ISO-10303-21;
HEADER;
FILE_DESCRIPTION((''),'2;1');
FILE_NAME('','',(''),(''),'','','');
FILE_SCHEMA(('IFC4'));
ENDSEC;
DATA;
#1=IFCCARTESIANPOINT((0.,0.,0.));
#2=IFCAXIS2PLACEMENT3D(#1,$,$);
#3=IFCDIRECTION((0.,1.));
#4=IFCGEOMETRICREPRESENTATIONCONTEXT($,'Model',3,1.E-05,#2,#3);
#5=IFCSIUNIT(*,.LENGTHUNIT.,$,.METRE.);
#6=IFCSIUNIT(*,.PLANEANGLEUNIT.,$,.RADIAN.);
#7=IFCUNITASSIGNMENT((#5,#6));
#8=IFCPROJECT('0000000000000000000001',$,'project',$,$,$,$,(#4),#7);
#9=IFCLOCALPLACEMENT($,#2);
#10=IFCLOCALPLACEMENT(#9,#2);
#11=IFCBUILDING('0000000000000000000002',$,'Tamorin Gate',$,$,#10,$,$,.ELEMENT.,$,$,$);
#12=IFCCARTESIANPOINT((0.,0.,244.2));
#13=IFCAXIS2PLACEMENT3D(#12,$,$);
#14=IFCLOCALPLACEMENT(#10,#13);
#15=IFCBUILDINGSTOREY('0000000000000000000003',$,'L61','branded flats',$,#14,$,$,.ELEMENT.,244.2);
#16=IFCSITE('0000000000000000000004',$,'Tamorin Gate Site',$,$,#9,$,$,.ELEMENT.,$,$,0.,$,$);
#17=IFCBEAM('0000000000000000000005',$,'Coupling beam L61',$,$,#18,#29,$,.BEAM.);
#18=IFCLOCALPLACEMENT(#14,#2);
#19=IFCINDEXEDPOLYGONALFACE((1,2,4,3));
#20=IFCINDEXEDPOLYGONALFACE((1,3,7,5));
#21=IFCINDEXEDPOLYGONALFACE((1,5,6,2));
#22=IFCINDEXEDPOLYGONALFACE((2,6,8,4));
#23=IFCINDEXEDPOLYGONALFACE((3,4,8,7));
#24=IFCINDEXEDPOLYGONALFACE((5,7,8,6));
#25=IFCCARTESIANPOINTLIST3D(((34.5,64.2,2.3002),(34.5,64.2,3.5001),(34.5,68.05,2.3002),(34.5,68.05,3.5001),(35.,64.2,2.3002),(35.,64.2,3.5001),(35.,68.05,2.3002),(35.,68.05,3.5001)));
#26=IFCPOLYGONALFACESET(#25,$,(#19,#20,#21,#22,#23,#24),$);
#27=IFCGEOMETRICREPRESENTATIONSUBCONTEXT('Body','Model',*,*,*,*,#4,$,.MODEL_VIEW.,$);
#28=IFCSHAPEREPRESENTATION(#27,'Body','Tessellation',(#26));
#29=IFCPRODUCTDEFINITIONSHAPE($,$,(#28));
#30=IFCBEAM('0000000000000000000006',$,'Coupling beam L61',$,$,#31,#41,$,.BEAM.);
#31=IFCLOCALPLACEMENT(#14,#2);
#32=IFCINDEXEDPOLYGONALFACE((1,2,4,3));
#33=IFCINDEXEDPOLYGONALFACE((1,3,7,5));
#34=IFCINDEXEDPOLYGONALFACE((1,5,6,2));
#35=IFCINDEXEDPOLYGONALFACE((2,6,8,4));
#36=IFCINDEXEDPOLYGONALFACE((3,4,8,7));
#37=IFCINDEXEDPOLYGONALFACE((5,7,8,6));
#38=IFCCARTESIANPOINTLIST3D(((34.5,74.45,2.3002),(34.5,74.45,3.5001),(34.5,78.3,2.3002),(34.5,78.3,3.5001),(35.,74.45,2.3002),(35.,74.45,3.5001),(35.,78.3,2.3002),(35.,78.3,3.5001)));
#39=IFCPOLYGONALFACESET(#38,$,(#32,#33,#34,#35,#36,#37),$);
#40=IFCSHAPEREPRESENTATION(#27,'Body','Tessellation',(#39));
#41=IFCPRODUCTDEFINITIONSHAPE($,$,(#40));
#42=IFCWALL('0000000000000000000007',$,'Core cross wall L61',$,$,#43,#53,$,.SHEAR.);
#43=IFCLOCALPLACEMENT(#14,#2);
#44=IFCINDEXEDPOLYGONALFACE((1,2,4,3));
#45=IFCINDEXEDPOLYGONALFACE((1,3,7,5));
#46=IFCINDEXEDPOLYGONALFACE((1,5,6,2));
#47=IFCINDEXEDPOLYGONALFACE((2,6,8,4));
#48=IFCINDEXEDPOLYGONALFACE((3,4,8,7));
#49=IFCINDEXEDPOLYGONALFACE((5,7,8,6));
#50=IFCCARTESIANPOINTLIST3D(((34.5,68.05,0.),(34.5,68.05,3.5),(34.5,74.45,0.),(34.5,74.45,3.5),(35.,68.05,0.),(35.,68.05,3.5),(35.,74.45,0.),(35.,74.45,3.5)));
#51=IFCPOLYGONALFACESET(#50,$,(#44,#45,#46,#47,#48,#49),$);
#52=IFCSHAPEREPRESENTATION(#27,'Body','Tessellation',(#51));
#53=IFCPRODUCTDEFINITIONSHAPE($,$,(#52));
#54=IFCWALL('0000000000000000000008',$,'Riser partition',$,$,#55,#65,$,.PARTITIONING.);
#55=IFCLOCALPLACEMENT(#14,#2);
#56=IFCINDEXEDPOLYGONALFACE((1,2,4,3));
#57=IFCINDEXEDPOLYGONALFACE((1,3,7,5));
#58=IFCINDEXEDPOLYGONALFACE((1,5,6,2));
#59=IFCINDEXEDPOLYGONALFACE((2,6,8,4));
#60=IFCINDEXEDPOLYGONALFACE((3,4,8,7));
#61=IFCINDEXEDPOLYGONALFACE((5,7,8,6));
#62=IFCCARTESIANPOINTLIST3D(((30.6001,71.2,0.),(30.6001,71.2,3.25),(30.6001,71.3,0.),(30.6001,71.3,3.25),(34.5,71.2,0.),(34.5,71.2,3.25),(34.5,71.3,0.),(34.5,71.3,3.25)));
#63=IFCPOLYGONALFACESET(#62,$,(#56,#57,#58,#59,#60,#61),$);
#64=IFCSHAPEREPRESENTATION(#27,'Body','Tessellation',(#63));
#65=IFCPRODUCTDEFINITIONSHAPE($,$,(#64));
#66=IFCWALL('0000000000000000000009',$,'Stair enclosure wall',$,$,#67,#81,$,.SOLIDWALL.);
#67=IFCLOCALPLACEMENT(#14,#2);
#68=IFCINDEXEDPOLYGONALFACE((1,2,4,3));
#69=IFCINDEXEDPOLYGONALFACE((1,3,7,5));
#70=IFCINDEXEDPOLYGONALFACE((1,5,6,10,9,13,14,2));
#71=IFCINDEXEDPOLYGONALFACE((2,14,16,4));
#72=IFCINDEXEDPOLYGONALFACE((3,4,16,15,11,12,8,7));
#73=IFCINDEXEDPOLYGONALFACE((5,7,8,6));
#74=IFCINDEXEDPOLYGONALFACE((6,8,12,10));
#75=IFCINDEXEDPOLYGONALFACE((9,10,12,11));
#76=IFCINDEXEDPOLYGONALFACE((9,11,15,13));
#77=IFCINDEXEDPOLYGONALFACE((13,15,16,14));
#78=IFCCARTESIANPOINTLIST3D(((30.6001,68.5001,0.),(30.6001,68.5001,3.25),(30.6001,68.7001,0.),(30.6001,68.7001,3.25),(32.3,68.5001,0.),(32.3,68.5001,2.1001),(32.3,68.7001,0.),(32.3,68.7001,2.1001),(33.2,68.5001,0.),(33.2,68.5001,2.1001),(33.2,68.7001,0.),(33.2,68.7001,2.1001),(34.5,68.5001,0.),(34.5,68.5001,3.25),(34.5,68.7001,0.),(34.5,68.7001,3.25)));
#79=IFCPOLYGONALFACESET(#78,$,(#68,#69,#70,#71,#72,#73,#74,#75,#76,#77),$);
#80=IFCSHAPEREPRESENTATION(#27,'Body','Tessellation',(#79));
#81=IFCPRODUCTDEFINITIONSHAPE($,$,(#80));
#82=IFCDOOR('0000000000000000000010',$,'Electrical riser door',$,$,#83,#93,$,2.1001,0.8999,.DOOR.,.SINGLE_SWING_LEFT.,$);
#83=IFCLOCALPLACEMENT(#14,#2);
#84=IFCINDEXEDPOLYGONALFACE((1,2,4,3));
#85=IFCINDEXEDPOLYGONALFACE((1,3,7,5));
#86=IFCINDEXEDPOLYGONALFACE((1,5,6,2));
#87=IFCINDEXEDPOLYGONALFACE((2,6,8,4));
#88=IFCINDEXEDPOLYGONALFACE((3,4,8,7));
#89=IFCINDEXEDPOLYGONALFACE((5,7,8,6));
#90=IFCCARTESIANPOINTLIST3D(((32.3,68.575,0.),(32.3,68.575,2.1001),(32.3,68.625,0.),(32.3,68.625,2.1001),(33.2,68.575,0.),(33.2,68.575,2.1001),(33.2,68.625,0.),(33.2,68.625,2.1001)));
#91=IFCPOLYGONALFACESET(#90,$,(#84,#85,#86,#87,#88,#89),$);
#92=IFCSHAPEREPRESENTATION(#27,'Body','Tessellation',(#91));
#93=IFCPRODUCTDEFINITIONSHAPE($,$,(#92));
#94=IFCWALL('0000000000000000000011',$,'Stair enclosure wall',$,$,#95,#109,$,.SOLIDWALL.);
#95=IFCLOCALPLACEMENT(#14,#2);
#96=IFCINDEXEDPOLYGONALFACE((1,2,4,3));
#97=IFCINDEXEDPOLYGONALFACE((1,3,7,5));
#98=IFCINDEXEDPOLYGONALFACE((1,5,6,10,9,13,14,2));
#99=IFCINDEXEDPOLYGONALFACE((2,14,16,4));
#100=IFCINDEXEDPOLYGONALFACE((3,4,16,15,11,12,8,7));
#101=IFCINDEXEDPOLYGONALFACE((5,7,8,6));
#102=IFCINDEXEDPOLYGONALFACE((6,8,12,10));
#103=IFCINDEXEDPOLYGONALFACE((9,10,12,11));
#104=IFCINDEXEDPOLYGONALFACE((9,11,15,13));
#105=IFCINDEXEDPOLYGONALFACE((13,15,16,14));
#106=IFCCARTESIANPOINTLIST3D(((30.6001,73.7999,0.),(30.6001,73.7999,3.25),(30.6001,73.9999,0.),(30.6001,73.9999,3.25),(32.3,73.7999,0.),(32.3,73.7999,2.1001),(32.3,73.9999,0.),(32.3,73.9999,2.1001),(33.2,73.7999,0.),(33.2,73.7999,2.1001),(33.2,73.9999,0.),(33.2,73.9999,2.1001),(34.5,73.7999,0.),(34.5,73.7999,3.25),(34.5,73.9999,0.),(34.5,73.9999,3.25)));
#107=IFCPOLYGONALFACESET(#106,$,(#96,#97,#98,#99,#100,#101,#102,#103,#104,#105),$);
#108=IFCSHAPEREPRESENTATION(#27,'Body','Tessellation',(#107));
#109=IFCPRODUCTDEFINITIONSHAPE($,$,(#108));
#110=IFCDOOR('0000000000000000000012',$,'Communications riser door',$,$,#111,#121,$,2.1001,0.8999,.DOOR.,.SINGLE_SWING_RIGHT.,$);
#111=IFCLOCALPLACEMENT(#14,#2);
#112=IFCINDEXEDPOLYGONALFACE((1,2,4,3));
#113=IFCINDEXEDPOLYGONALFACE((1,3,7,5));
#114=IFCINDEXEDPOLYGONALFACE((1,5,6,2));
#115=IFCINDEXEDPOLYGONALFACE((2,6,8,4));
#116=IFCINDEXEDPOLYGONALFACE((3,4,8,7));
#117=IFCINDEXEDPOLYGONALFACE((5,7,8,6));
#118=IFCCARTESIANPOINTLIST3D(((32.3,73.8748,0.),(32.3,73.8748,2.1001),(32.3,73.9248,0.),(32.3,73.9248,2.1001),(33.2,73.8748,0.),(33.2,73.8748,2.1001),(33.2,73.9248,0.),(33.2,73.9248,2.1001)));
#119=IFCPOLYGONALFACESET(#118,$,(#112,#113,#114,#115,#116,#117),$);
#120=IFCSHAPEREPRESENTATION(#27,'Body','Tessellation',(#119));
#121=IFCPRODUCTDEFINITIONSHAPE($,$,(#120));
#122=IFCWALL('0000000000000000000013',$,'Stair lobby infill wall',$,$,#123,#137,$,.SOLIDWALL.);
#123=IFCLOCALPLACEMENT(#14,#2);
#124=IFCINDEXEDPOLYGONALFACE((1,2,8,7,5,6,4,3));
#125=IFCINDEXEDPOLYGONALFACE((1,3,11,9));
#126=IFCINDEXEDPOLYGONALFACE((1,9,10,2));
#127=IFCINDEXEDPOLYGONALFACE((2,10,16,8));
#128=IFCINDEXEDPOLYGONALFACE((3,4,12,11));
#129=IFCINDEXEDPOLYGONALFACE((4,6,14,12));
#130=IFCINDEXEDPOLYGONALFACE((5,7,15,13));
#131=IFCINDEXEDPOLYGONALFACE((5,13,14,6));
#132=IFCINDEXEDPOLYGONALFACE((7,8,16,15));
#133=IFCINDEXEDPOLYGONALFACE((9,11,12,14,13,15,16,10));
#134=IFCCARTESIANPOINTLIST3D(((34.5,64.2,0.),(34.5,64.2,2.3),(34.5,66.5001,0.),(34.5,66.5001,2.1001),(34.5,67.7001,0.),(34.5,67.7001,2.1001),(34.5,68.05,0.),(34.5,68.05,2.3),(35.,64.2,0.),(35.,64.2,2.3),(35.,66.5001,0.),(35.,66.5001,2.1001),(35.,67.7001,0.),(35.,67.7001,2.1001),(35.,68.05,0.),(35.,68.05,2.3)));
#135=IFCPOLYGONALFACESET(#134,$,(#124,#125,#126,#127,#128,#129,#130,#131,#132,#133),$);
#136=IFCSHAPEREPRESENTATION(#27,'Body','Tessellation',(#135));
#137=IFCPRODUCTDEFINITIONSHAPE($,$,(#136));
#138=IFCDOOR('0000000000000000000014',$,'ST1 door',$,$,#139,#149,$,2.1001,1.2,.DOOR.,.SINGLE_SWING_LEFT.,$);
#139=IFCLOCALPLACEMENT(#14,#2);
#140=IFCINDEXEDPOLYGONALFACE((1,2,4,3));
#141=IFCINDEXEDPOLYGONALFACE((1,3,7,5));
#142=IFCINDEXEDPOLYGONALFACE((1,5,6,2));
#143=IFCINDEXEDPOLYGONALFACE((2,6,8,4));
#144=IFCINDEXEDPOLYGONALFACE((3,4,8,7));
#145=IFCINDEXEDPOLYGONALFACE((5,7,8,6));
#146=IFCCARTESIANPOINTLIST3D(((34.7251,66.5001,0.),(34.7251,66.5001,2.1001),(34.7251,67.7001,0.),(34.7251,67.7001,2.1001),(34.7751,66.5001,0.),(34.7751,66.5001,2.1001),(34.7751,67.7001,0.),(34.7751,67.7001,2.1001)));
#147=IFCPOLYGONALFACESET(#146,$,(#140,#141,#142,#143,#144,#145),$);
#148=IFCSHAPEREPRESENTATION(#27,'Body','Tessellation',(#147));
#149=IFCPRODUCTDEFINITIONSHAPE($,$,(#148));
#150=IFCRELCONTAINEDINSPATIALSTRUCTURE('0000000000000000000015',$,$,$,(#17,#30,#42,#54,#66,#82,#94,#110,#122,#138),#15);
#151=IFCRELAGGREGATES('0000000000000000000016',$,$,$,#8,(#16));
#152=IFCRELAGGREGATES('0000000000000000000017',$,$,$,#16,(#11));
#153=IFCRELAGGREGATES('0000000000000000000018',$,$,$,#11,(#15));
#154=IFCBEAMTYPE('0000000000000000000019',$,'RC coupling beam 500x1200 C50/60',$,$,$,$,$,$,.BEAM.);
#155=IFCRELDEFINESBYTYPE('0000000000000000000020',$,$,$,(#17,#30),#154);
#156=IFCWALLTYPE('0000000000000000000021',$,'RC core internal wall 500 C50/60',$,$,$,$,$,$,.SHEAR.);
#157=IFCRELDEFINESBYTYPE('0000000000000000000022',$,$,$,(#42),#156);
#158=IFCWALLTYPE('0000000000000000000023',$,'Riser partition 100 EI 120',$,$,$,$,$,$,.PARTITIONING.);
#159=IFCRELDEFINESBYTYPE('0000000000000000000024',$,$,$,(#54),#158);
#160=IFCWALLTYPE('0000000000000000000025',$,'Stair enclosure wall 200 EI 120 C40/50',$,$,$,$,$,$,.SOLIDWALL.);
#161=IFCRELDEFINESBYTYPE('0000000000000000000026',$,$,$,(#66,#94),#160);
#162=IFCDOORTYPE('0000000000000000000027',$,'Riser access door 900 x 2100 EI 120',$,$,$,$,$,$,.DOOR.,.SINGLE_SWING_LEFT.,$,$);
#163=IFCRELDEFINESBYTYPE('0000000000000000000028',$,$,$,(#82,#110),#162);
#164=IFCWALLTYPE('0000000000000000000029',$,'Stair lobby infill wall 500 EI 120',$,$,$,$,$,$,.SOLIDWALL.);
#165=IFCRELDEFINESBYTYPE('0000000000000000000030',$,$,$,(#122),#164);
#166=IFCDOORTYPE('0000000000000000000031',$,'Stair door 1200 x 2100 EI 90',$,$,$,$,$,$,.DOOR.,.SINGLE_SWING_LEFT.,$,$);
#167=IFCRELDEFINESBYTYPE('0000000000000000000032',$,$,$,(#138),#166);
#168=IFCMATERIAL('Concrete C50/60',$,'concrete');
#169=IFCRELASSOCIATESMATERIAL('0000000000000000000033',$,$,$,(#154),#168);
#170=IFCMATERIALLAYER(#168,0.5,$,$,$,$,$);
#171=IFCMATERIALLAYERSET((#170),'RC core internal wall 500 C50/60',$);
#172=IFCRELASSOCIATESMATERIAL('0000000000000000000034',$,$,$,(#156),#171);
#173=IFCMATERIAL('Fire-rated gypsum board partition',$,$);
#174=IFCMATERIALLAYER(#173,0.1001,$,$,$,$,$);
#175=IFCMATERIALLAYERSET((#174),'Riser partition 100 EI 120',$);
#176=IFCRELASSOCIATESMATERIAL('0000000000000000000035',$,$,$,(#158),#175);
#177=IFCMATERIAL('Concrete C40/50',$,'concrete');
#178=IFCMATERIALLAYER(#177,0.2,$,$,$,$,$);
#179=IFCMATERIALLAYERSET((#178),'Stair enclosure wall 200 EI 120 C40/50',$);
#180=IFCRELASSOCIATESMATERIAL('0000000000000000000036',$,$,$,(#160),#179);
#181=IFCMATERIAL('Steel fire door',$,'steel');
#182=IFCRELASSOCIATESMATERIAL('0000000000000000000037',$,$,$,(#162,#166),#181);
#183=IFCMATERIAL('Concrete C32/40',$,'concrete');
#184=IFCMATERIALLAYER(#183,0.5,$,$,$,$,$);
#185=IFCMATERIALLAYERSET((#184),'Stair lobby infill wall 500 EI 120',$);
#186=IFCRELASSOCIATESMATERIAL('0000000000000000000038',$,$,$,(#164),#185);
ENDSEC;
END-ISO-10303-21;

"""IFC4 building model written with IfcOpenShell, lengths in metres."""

from ifc_helpers import new_model, si_unit, direction, frame, frame_2d, origin, origin_2d, place, context, subcontext, project, spatial, rectangle, extrude, material, layer, layer_set, material_profile, profile_set, type_object, element, fill, save


model = new_model("IFC4")

# Units and contexts
model_context = context("Model", 3, precision=1e-05, world=origin(), true_north=direction((0.0, 1.0)))
body_context = subcontext(model_context, "Body", "Model", "MODEL_VIEW")
ifc_project = project(units=[si_unit("LENGTHUNIT", "METRE"), si_unit("PLANEANGLEUNIT", "RADIAN")], contexts=[model_context])

# Site, building, storey
site_placement = place(None, origin())
site = spatial("IfcSite", under=ifc_project, at=site_placement, Name="Tamorin Gate Site", CompositionType="ELEMENT", RefElevation=0.0)
building_placement = place(site_placement, origin())
building = spatial("IfcBuilding", under=site, at=building_placement, Name="Tamorin Gate", CompositionType="ELEMENT")
storey_placement = place(building_placement, frame((0.0, 0.0, 244.2)))
storey = spatial("IfcBuildingStorey", under=building, at=storey_placement, Name="L61", Description="branded flats", CompositionType="ELEMENT", Elevation=244.2)

# Beams
ifc_material_1 = material(Name="Concrete C50/60", Category="concrete")
ifc_material_profile = material_profile(ifc_material_1, rectangle(XDim=0.5, YDim=1.2, at=origin_2d()), Name="RC 500x1200")
ifc_profile_set = profile_set([ifc_material_profile], Name="Concrete C50/60")
beam_type = type_object("IfcBeamType", Name="RC coupling beam 500x1200 C50/60", PredefinedType="BEAM", material=ifc_profile_set)
for number, where, z_axis, x_axis, name in (
    (1, (34.75, 64.2, 2.9001), (0.0, 1.0, 0.0), (-1.0, 0.0, 0.0), "Coupling beam L61"),
    (2, (34.75, 74.45, 2.9001), (0.0, 1.0, 0.0), (-1.0, 0.0, 0.0), "Coupling beam L61"),
):
    element("IfcBeam", number, at=place(storey_placement, frame(where, z_axis=z_axis, x_axis=x_axis)), inside=storey, type_object=beam_type, Name=name, PredefinedType="BEAM", context=body_context, shape_type="SweptSolid", body=[
        extrude(rectangle(XDim=0.5, YDim=1.2, at=origin_2d()), origin(), (0.0, 0.0, 1.0), 3.8501),
    ])

# Walls
ifc_layer_1 = layer(ifc_material_1, 0.5)
ifc_layer_set_1 = layer_set([ifc_layer_1], Name="RC core internal wall 500 C50/60")
wall_type_1 = type_object("IfcWallType", Name="RC core internal wall 500 C50/60", PredefinedType="SHEAR", material=ifc_layer_set_1)
wall_1_placement = place(storey_placement, frame((34.75, 68.05, 0.0), z_axis=(0.0, 0.0, 1.0), x_axis=(0.0, 1.0, 0.0)))
element("IfcWall", 3, at=wall_1_placement, inside=storey, type_object=wall_type_1, Name="Core cross wall L61", PredefinedType="SHEAR", context=body_context, shape_type="SweptSolid", body=[
    extrude(rectangle(XDim=6.3999, YDim=0.5, at=frame_2d((3.2, 0.0))), origin(), (0.0, 0.0, 1.0), 3.5),
])
ifc_material_2 = material(Name="Fire-rated gypsum board partition")
ifc_layer_2 = layer(ifc_material_2, 0.1001)
ifc_layer_set_2 = layer_set([ifc_layer_2], Name="Riser partition 100 EI 120")
wall_type_2 = type_object("IfcWallType", Name="Riser partition 100 EI 120", PredefinedType="PARTITIONING", material=ifc_layer_set_2)
wall_2_placement = place(storey_placement, frame((30.6001, 71.25, 0.0), z_axis=(0.0, 0.0, 1.0), x_axis=(1.0, 0.0, 0.0)))
element("IfcWall", 4, at=wall_2_placement, inside=storey, type_object=wall_type_2, Name="Riser partition", PredefinedType="PARTITIONING", context=body_context, shape_type="SweptSolid", body=[
    extrude(rectangle(XDim=3.8999, YDim=0.1001, at=frame_2d((1.95, 0.0))), origin(), (0.0, 0.0, 1.0), 3.25),
])

# Walls, openings, doors
ifc_material_3 = material(Name="Concrete C40/50", Category="concrete")
ifc_layer_3 = layer(ifc_material_3, 0.2)
ifc_layer_set_3 = layer_set([ifc_layer_3], Name="Stair enclosure wall 200 EI 120 C40/50")
wall_type_3 = type_object("IfcWallType", Name="Stair enclosure wall 200 EI 120 C40/50", PredefinedType="SOLIDWALL", material=ifc_layer_set_3)
wall_3_placement = place(storey_placement, frame((30.6001, 68.6001, 0.0), z_axis=(0.0, 0.0, 1.0), x_axis=(1.0, 0.0, 0.0)))
wall_3 = element("IfcWall", 5, at=wall_3_placement, inside=storey, type_object=wall_type_3, Name="Stair enclosure wall", PredefinedType="SOLIDWALL", context=body_context, shape_type="SweptSolid", body=[
    extrude(rectangle(XDim=3.8999, YDim=0.2, at=frame_2d((1.95, 0.0))), origin(), (0.0, 0.0, 1.0), 3.25),
])
opening_1_placement = place(wall_3_placement, frame((1.7, 0.0, 0.0)))
opening_1 = element("IfcOpeningElement", 6, at=opening_1_placement, cuts=wall_3, PredefinedType="OPENING", context=body_context, shape_type="SweptSolid", body=[
    extrude(rectangle(XDim=0.8999, YDim=2.1001, at=frame_2d((0.45, 1.05))), frame((0.0, 0.1099, 0.0), z_axis=(0.0, -1.0, 0.0), x_axis=(1.0, 0.0, 0.0)), (0.0, 0.0, 1.0), 0.22),
])
ifc_material_4 = material(Name="Steel fire door", Category="steel")
door_type_1 = type_object("IfcDoorType", Name="Riser access door 900 x 2100 EI 120", OperationType="SINGLE_SWING_LEFT", PredefinedType="DOOR", material=ifc_material_4)
door_1_placement = place(opening_1_placement, origin())
door_1 = element("IfcDoor", 7, at=door_1_placement, inside=storey, type_object=door_type_1, Name="Electrical riser door", OperationType="SINGLE_SWING_LEFT", OverallHeight=2.1001, OverallWidth=0.8999, PredefinedType="DOOR", context=body_context, shape_type="SweptSolid", body=[
    extrude(rectangle(XDim=0.8999, YDim=2.1001, at=frame_2d((0.45, 1.05))), frame((0.0, 0.0249, 0.0), z_axis=(0.0, -1.0, 0.0), x_axis=(1.0, 0.0, 0.0)), (0.0, 0.0, 1.0), 0.05),
])
fill(opening_1, door_1)
wall_4_placement = place(storey_placement, frame((30.6001, 73.8999, 0.0), z_axis=(0.0, 0.0, 1.0), x_axis=(1.0, 0.0, 0.0)))
wall_4 = element("IfcWall", 8, at=wall_4_placement, inside=storey, type_object=wall_type_3, Name="Stair enclosure wall", PredefinedType="SOLIDWALL", context=body_context, shape_type="SweptSolid", body=[
    extrude(rectangle(XDim=3.8999, YDim=0.2, at=frame_2d((1.95, 0.0))), origin(), (0.0, 0.0, 1.0), 3.25),
])
opening_2_placement = place(wall_4_placement, frame((1.7, 0.0, 0.0)))
opening_2 = element("IfcOpeningElement", 9, at=opening_2_placement, cuts=wall_4, PredefinedType="OPENING", context=body_context, shape_type="SweptSolid", body=[
    extrude(rectangle(XDim=0.8999, YDim=2.1001, at=frame_2d((0.45, 1.05))), frame((0.0, 0.1099, 0.0), z_axis=(0.0, -1.0, 0.0), x_axis=(1.0, 0.0, 0.0)), (0.0, 0.0, 1.0), 0.22),
])
door_2_placement = place(opening_2_placement, origin())
door_2 = element("IfcDoor", 10, at=door_2_placement, inside=storey, type_object=door_type_1, Name="Communications riser door", OperationType="SINGLE_SWING_RIGHT", OverallHeight=2.1001, OverallWidth=0.8999, PredefinedType="DOOR", context=body_context, shape_type="SweptSolid", body=[
    extrude(rectangle(XDim=0.8999, YDim=2.1001, at=frame_2d((0.45, 1.05))), frame((0.0, 0.0249, 0.0), z_axis=(0.0, -1.0, 0.0), x_axis=(1.0, 0.0, 0.0)), (0.0, 0.0, 1.0), 0.05),
])
fill(opening_2, door_2)
ifc_material_5 = material(Name="Concrete C32/40", Category="concrete")
ifc_layer_4 = layer(ifc_material_5, 0.5)
ifc_layer_set_4 = layer_set([ifc_layer_4], Name="Stair lobby infill wall 500 EI 120")
wall_type_4 = type_object("IfcWallType", Name="Stair lobby infill wall 500 EI 120", PredefinedType="SOLIDWALL", material=ifc_layer_set_4)
wall_5_placement = place(storey_placement, frame((34.75, 64.2, 0.0), z_axis=(0.0, 0.0, 1.0), x_axis=(0.0, 1.0, 0.0)))
wall_5 = element("IfcWall", 11, at=wall_5_placement, inside=storey, type_object=wall_type_4, Name="Stair lobby infill wall", PredefinedType="SOLIDWALL", context=body_context, shape_type="SweptSolid", body=[
    extrude(rectangle(XDim=3.8501, YDim=0.5, at=frame_2d((1.925, 0.0))), origin(), (0.0, 0.0, 1.0), 2.3),
])
opening_3_placement = place(wall_5_placement, frame((2.3, 0.0, 0.0)))
opening_3 = element("IfcOpeningElement", 12, at=opening_3_placement, cuts=wall_5, PredefinedType="OPENING", context=body_context, shape_type="SweptSolid", body=[
    extrude(rectangle(XDim=1.2, YDim=2.1001, at=frame_2d((0.6001, 1.05))), frame((0.0, 0.26, 0.0), z_axis=(0.0, -1.0, 0.0), x_axis=(1.0, 0.0, 0.0)), (0.0, 0.0, 1.0), 0.52),
])
door_type_2 = type_object("IfcDoorType", Name="Stair door 1200 x 2100 EI 90", OperationType="SINGLE_SWING_LEFT", PredefinedType="DOOR", material=ifc_material_4)
door_3_placement = place(opening_3_placement, origin())
door_3 = element("IfcDoor", 13, at=door_3_placement, inside=storey, type_object=door_type_2, Name="ST1 door", OperationType="SINGLE_SWING_LEFT", OverallHeight=2.1001, OverallWidth=1.2, PredefinedType="DOOR", context=body_context, shape_type="SweptSolid", body=[
    extrude(rectangle(XDim=1.2, YDim=2.1001, at=frame_2d((0.6001, 1.05))), frame((0.0, 0.0249, 0.0), z_axis=(0.0, -1.0, 0.0), x_axis=(1.0, 0.0, 0.0)), (0.0, 0.0, 1.0), 0.05),
])
fill(opening_3, door_3)

save(model, "model.ifc")
